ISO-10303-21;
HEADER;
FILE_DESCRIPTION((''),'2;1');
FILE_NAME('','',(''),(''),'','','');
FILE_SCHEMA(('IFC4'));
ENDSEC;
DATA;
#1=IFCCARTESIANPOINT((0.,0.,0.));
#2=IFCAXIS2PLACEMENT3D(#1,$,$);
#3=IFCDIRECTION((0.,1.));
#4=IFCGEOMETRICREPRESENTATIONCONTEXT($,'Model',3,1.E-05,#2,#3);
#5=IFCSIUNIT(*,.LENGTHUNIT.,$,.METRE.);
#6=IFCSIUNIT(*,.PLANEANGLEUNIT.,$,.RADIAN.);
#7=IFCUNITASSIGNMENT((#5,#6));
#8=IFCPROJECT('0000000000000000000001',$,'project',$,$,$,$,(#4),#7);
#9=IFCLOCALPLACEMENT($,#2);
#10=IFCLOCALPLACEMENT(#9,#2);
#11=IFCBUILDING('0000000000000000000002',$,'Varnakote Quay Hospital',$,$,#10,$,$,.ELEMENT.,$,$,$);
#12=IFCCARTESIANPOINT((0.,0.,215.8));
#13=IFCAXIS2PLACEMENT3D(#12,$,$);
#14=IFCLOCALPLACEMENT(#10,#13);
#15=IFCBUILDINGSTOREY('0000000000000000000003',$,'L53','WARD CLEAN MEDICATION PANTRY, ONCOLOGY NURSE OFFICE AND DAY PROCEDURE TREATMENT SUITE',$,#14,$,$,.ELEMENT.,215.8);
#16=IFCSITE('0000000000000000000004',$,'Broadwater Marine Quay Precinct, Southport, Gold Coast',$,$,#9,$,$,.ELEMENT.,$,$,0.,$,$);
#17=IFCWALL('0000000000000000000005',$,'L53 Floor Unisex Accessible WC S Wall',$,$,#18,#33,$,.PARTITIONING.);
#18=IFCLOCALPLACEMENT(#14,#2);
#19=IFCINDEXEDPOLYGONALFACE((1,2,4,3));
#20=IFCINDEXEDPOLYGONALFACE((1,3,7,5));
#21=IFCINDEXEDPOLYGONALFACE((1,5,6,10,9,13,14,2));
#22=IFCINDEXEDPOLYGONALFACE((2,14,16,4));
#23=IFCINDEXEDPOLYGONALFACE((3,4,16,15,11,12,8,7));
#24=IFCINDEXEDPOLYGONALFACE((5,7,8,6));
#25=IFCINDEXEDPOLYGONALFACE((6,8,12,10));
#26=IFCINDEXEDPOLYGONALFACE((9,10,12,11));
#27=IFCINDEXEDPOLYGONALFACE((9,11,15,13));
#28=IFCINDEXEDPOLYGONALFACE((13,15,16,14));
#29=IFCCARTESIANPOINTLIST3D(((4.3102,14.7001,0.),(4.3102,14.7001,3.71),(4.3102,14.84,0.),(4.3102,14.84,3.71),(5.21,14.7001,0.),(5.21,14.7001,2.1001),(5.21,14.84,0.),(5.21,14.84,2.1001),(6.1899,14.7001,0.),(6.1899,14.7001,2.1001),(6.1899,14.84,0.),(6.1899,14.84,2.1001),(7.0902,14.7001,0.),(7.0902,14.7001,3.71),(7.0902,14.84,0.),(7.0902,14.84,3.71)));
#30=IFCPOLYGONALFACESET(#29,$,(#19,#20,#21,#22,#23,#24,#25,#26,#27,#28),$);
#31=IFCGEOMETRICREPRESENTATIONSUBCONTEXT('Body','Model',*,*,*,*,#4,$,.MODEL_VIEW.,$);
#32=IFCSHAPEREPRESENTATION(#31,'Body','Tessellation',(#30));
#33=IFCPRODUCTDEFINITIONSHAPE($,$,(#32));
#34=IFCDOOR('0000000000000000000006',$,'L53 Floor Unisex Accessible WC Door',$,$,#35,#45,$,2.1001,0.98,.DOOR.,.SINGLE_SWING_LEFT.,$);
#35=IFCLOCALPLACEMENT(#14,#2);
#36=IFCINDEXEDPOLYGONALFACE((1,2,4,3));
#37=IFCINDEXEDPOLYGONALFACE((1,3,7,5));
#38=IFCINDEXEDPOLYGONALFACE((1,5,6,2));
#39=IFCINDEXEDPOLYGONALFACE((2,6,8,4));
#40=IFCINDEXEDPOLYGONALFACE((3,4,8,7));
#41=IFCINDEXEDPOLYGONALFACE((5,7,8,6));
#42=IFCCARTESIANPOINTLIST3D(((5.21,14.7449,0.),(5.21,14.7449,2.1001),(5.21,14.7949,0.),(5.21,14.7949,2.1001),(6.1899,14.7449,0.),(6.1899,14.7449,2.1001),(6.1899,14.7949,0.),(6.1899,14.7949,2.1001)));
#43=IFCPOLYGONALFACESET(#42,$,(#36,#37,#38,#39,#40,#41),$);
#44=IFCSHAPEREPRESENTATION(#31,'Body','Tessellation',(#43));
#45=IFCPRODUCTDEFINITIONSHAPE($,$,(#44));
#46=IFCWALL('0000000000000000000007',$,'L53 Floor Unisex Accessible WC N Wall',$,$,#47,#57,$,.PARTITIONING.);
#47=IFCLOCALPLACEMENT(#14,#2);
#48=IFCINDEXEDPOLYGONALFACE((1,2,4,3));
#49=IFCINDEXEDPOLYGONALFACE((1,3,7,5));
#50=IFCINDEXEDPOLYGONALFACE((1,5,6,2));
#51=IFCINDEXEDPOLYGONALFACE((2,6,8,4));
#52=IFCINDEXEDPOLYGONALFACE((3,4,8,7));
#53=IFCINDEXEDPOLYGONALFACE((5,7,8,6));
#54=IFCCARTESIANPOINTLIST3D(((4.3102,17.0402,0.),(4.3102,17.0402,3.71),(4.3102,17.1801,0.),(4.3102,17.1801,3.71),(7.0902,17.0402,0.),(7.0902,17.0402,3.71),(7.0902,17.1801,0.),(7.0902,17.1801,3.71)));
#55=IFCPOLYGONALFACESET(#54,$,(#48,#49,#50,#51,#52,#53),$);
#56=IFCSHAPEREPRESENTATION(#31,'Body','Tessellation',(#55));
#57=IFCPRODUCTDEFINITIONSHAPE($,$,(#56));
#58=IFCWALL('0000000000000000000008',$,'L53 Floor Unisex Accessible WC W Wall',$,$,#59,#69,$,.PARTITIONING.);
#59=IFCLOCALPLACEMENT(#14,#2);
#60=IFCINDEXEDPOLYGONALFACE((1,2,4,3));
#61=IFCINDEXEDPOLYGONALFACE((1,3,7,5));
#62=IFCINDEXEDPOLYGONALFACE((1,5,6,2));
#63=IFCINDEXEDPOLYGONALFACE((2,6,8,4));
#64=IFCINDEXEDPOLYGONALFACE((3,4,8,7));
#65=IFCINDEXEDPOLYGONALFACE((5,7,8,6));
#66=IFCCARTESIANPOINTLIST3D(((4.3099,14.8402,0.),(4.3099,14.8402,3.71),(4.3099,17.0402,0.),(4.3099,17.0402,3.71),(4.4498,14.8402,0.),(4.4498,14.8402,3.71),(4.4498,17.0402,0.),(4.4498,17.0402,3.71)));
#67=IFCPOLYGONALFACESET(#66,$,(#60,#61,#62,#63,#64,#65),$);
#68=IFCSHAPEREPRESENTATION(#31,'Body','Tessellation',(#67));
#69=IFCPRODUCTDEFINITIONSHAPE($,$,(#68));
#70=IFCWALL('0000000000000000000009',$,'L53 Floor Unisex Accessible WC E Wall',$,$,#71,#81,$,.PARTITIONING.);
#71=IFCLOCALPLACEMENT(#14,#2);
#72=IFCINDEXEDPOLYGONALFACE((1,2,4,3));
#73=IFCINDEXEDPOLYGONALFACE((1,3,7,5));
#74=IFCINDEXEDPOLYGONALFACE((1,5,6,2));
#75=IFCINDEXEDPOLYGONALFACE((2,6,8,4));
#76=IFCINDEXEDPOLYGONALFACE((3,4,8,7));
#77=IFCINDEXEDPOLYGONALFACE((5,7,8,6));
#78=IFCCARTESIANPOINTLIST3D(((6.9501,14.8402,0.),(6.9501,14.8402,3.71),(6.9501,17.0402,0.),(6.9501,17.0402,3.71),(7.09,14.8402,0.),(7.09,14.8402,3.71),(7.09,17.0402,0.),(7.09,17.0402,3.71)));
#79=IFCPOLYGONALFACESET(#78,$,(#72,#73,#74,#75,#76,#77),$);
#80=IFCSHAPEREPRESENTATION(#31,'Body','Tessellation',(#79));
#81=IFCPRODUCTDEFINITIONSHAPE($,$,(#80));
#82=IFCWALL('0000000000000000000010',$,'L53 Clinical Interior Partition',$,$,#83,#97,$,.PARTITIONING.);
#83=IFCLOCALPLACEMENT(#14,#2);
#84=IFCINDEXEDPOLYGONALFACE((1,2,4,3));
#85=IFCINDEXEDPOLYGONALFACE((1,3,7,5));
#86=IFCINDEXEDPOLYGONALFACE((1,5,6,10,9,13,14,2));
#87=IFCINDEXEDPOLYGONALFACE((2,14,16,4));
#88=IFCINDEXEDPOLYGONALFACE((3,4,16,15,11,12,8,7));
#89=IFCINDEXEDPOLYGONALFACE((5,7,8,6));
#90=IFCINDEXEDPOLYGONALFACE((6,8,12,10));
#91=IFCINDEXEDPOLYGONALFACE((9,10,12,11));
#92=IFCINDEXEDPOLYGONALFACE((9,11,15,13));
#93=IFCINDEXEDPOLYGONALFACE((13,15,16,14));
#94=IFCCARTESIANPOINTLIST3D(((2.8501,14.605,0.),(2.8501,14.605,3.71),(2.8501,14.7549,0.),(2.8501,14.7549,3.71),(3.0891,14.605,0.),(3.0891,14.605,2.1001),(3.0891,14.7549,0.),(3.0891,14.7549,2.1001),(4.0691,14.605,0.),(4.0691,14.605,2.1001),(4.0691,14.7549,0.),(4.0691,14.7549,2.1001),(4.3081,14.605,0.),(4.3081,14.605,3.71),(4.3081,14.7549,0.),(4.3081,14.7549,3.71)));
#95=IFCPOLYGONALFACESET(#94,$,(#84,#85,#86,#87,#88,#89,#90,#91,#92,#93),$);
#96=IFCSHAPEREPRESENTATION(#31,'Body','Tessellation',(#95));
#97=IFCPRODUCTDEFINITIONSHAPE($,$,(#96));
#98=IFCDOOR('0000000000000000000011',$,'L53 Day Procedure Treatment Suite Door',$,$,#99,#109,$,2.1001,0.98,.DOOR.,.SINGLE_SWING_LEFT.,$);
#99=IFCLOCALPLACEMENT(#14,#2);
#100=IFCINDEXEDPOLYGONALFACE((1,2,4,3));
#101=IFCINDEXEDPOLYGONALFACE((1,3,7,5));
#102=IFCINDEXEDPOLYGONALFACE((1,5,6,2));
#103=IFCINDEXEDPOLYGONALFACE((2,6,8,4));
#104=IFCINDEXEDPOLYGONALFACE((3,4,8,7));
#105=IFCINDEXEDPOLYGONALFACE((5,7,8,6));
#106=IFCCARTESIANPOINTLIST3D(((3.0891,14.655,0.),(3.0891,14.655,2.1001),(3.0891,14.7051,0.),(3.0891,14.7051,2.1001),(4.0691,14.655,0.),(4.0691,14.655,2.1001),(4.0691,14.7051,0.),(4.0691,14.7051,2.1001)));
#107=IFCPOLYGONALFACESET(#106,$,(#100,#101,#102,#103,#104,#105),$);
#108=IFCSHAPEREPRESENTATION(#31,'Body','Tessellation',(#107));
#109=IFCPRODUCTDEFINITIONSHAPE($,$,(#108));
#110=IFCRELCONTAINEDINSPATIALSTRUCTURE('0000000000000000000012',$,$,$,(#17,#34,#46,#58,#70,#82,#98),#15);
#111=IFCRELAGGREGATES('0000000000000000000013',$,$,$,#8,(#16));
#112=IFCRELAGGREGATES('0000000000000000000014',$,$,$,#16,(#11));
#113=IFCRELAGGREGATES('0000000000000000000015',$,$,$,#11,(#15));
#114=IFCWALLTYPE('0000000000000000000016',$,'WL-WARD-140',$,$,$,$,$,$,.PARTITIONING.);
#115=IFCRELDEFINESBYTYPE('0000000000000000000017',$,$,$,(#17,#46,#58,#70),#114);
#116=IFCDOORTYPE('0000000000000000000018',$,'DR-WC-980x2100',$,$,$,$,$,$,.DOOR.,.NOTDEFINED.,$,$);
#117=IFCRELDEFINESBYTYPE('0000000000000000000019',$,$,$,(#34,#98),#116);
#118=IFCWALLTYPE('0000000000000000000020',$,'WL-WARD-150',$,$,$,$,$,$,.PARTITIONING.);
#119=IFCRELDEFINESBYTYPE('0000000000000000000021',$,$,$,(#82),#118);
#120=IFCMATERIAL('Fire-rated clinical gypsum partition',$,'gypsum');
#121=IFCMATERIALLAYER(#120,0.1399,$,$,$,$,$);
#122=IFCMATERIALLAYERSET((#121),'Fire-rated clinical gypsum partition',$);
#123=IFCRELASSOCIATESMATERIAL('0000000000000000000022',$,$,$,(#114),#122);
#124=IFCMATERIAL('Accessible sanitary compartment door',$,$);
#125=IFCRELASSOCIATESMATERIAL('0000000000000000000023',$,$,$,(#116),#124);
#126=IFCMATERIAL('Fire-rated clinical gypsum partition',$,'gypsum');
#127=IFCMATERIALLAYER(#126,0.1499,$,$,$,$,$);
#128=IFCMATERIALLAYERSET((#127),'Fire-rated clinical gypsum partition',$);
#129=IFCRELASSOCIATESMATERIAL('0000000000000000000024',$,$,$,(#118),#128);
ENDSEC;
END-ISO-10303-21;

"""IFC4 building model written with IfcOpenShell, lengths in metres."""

from ifc_helpers import new_model, si_unit, direction, frame, frame_2d, origin, place, context, subcontext, project, spatial, rectangle, extrude, material, layer, layer_set, type_object, element, fill, save


model = new_model("IFC4")

# Units and contexts
model_context = context("Model", 3, precision=1e-05, world=origin(), true_north=direction((0.0, 1.0)))
body_context = subcontext(model_context, "Body", "Model", "MODEL_VIEW")
ifc_project = project(units=[si_unit("LENGTHUNIT", "METRE"), si_unit("PLANEANGLEUNIT", "RADIAN")], contexts=[model_context])

# Site, building, storey
site_placement = place(None, origin())
site = spatial("IfcSite", under=ifc_project, at=site_placement, Name="Broadwater Marine Quay Precinct, Southport, Gold Coast", CompositionType="ELEMENT", RefElevation=0.0)
building_placement = place(site_placement, origin())
building = spatial("IfcBuilding", under=site, at=building_placement, Name="Varnakote Quay Hospital", CompositionType="ELEMENT")
storey_placement = place(building_placement, frame((0.0, 0.0, 215.8)))
storey = spatial("IfcBuildingStorey", under=building, at=storey_placement, Name="L53", Description="WARD CLEAN MEDICATION PANTRY, ONCOLOGY NURSE OFFICE AND DAY PROCEDURE TREATMENT SUITE", CompositionType="ELEMENT", Elevation=215.8)

# Wall, opening, door
ifc_material_1 = material(Name="Fire-rated clinical gypsum partition", Category="gypsum")
ifc_layer_1 = layer(ifc_material_1, 0.1399)
ifc_layer_set_1 = layer_set([ifc_layer_1], Name="Fire-rated clinical gypsum partition")
wall_type_1 = type_object("IfcWallType", Name="WL-WARD-140", PredefinedType="PARTITIONING", material=ifc_layer_set_1)
wall_1_placement = place(storey_placement, frame((4.3101, 14.77, 0.0), z_axis=(0.0, 0.0, 1.0), x_axis=(1.0, 0.0, 0.0)))
wall_1 = element("IfcWall", 1, at=wall_1_placement, inside=storey, type_object=wall_type_1, Name="L53 Floor Unisex Accessible WC S Wall", PredefinedType="PARTITIONING", context=body_context, shape_type="SweptSolid", body=[
    extrude(rectangle(XDim=2.78, YDim=0.1399, at=frame_2d((1.3901, 0.0))), origin(), (0.0, 0.0, 1.0), 3.71),
])
opening_1_placement = place(wall_1_placement, frame((0.8999, 0.0, 0.0)))
opening_1 = element("IfcOpeningElement", 2, at=opening_1_placement, cuts=wall_1, PredefinedType="OPENING", context=body_context, shape_type="SweptSolid", body=[
    extrude(rectangle(XDim=0.98, YDim=2.1001, at=frame_2d((0.49, 1.05))), frame((0.0, 0.0798, 0.0), z_axis=(0.0, -1.0, 0.0), x_axis=(1.0, 0.0, 0.0)), (0.0, 0.0, 1.0), 0.1599),
])
ifc_material_2 = material(Name="Accessible sanitary compartment door")
door_type_1 = type_object("IfcDoorType", Name="DR-WC-980x2100", OperationType="NOTDEFINED", PredefinedType="DOOR", material=ifc_material_2)
door_1_placement = place(opening_1_placement, origin())
door_1 = element("IfcDoor", 3, at=door_1_placement, inside=storey, type_object=door_type_1, Name="L53 Floor Unisex Accessible WC Door", OperationType="SINGLE_SWING_LEFT", OverallHeight=2.1001, OverallWidth=0.98, PredefinedType="DOOR", context=body_context, shape_type="SweptSolid", body=[
    extrude(rectangle(XDim=0.98, YDim=2.1001, at=frame_2d((0.49, 1.05))), frame((0.0, 0.0249, 0.0), z_axis=(0.0, -1.0, 0.0), x_axis=(1.0, 0.0, 0.0)), (0.0, 0.0, 1.0), 0.05),
])
fill(opening_1, door_1)

# Walls
wall_2_placement = place(storey_placement, frame((4.3101, 17.1101, 0.0), z_axis=(0.0, 0.0, 1.0), x_axis=(1.0, 0.0, 0.0)))
element("IfcWall", 4, at=wall_2_placement, inside=storey, type_object=wall_type_1, Name="L53 Floor Unisex Accessible WC N Wall", PredefinedType="PARTITIONING", context=body_context, shape_type="SweptSolid", body=[
    extrude(rectangle(XDim=2.78, YDim=0.1399, at=frame_2d((1.3901, 0.0))), origin(), (0.0, 0.0, 1.0), 3.71),
])
for number, where, z_axis, x_axis, name in (
    (5, (4.3799, 14.8401, 0.0), (0.0, 0.0, 1.0), (0.0, 1.0, 0.0), "L53 Floor Unisex Accessible WC W Wall"),
    (6, (7.02, 14.8401, 0.0), (0.0, 0.0, 1.0), (0.0, 1.0, 0.0), "L53 Floor Unisex Accessible WC E Wall"),
):
    element("IfcWall", number, at=place(storey_placement, frame(where, z_axis=z_axis, x_axis=x_axis)), inside=storey, type_object=wall_type_1, Name=name, PredefinedType="PARTITIONING", context=body_context, shape_type="SweptSolid", body=[
        extrude(rectangle(XDim=2.2, YDim=0.1399, at=frame_2d((1.1001, 0.0))), origin(), (0.0, 0.0, 1.0), 3.71),
    ])

# Wall, opening, door
ifc_material_3 = material(Name="Fire-rated clinical gypsum partition", Category="gypsum")
ifc_layer_2 = layer(ifc_material_3, 0.1499)
ifc_layer_set_2 = layer_set([ifc_layer_2], Name="Fire-rated clinical gypsum partition")
wall_type_2 = type_object("IfcWallType", Name="WL-WARD-150", PredefinedType="PARTITIONING", material=ifc_layer_set_2)
wall_3_placement = place(storey_placement, frame((4.3081, 14.6799, 0.0), z_axis=(0.0, 0.0, 1.0), x_axis=(-1.0, 0.0, 0.0)))
wall_3 = element("IfcWall", 7, at=wall_3_placement, inside=storey, type_object=wall_type_2, Name="L53 Clinical Interior Partition", PredefinedType="PARTITIONING", context=body_context, shape_type="SweptSolid", body=[
    extrude(rectangle(XDim=1.458, YDim=0.1499, at=frame_2d((0.729, 0.0))), origin(), (0.0, 0.0, 1.0), 3.71),
])
opening_2_placement = place(wall_3_placement, frame((0.239, 0.0, 0.0)))
opening_2 = element("IfcOpeningElement", 8, at=opening_2_placement, cuts=wall_3, PredefinedType="OPENING", context=body_context, shape_type="SweptSolid", body=[
    extrude(rectangle(XDim=0.98, YDim=2.1001, at=frame_2d((0.49, 1.05))), frame((0.0, 0.085, 0.0), z_axis=(0.0, -1.0, 0.0), x_axis=(1.0, 0.0, 0.0)), (0.0, 0.0, 1.0), 0.1699),
])
door_2_placement = place(opening_2_placement, origin())
door_2 = element("IfcDoor", 9, at=door_2_placement, inside=storey, type_object=door_type_1, Name="L53 Day Procedure Treatment Suite Door", OperationType="SINGLE_SWING_LEFT", OverallHeight=2.1001, OverallWidth=0.98, PredefinedType="DOOR", context=body_context, shape_type="SweptSolid", body=[
    extrude(rectangle(XDim=0.98, YDim=2.1001, at=frame_2d((0.49, 1.05))), frame((0.0, 0.0249, 0.0), z_axis=(0.0, -1.0, 0.0), x_axis=(1.0, 0.0, 0.0)), (0.0, 0.0, 1.0), 0.05),
])
fill(opening_2, door_2)

save(model, "model.ifc")
